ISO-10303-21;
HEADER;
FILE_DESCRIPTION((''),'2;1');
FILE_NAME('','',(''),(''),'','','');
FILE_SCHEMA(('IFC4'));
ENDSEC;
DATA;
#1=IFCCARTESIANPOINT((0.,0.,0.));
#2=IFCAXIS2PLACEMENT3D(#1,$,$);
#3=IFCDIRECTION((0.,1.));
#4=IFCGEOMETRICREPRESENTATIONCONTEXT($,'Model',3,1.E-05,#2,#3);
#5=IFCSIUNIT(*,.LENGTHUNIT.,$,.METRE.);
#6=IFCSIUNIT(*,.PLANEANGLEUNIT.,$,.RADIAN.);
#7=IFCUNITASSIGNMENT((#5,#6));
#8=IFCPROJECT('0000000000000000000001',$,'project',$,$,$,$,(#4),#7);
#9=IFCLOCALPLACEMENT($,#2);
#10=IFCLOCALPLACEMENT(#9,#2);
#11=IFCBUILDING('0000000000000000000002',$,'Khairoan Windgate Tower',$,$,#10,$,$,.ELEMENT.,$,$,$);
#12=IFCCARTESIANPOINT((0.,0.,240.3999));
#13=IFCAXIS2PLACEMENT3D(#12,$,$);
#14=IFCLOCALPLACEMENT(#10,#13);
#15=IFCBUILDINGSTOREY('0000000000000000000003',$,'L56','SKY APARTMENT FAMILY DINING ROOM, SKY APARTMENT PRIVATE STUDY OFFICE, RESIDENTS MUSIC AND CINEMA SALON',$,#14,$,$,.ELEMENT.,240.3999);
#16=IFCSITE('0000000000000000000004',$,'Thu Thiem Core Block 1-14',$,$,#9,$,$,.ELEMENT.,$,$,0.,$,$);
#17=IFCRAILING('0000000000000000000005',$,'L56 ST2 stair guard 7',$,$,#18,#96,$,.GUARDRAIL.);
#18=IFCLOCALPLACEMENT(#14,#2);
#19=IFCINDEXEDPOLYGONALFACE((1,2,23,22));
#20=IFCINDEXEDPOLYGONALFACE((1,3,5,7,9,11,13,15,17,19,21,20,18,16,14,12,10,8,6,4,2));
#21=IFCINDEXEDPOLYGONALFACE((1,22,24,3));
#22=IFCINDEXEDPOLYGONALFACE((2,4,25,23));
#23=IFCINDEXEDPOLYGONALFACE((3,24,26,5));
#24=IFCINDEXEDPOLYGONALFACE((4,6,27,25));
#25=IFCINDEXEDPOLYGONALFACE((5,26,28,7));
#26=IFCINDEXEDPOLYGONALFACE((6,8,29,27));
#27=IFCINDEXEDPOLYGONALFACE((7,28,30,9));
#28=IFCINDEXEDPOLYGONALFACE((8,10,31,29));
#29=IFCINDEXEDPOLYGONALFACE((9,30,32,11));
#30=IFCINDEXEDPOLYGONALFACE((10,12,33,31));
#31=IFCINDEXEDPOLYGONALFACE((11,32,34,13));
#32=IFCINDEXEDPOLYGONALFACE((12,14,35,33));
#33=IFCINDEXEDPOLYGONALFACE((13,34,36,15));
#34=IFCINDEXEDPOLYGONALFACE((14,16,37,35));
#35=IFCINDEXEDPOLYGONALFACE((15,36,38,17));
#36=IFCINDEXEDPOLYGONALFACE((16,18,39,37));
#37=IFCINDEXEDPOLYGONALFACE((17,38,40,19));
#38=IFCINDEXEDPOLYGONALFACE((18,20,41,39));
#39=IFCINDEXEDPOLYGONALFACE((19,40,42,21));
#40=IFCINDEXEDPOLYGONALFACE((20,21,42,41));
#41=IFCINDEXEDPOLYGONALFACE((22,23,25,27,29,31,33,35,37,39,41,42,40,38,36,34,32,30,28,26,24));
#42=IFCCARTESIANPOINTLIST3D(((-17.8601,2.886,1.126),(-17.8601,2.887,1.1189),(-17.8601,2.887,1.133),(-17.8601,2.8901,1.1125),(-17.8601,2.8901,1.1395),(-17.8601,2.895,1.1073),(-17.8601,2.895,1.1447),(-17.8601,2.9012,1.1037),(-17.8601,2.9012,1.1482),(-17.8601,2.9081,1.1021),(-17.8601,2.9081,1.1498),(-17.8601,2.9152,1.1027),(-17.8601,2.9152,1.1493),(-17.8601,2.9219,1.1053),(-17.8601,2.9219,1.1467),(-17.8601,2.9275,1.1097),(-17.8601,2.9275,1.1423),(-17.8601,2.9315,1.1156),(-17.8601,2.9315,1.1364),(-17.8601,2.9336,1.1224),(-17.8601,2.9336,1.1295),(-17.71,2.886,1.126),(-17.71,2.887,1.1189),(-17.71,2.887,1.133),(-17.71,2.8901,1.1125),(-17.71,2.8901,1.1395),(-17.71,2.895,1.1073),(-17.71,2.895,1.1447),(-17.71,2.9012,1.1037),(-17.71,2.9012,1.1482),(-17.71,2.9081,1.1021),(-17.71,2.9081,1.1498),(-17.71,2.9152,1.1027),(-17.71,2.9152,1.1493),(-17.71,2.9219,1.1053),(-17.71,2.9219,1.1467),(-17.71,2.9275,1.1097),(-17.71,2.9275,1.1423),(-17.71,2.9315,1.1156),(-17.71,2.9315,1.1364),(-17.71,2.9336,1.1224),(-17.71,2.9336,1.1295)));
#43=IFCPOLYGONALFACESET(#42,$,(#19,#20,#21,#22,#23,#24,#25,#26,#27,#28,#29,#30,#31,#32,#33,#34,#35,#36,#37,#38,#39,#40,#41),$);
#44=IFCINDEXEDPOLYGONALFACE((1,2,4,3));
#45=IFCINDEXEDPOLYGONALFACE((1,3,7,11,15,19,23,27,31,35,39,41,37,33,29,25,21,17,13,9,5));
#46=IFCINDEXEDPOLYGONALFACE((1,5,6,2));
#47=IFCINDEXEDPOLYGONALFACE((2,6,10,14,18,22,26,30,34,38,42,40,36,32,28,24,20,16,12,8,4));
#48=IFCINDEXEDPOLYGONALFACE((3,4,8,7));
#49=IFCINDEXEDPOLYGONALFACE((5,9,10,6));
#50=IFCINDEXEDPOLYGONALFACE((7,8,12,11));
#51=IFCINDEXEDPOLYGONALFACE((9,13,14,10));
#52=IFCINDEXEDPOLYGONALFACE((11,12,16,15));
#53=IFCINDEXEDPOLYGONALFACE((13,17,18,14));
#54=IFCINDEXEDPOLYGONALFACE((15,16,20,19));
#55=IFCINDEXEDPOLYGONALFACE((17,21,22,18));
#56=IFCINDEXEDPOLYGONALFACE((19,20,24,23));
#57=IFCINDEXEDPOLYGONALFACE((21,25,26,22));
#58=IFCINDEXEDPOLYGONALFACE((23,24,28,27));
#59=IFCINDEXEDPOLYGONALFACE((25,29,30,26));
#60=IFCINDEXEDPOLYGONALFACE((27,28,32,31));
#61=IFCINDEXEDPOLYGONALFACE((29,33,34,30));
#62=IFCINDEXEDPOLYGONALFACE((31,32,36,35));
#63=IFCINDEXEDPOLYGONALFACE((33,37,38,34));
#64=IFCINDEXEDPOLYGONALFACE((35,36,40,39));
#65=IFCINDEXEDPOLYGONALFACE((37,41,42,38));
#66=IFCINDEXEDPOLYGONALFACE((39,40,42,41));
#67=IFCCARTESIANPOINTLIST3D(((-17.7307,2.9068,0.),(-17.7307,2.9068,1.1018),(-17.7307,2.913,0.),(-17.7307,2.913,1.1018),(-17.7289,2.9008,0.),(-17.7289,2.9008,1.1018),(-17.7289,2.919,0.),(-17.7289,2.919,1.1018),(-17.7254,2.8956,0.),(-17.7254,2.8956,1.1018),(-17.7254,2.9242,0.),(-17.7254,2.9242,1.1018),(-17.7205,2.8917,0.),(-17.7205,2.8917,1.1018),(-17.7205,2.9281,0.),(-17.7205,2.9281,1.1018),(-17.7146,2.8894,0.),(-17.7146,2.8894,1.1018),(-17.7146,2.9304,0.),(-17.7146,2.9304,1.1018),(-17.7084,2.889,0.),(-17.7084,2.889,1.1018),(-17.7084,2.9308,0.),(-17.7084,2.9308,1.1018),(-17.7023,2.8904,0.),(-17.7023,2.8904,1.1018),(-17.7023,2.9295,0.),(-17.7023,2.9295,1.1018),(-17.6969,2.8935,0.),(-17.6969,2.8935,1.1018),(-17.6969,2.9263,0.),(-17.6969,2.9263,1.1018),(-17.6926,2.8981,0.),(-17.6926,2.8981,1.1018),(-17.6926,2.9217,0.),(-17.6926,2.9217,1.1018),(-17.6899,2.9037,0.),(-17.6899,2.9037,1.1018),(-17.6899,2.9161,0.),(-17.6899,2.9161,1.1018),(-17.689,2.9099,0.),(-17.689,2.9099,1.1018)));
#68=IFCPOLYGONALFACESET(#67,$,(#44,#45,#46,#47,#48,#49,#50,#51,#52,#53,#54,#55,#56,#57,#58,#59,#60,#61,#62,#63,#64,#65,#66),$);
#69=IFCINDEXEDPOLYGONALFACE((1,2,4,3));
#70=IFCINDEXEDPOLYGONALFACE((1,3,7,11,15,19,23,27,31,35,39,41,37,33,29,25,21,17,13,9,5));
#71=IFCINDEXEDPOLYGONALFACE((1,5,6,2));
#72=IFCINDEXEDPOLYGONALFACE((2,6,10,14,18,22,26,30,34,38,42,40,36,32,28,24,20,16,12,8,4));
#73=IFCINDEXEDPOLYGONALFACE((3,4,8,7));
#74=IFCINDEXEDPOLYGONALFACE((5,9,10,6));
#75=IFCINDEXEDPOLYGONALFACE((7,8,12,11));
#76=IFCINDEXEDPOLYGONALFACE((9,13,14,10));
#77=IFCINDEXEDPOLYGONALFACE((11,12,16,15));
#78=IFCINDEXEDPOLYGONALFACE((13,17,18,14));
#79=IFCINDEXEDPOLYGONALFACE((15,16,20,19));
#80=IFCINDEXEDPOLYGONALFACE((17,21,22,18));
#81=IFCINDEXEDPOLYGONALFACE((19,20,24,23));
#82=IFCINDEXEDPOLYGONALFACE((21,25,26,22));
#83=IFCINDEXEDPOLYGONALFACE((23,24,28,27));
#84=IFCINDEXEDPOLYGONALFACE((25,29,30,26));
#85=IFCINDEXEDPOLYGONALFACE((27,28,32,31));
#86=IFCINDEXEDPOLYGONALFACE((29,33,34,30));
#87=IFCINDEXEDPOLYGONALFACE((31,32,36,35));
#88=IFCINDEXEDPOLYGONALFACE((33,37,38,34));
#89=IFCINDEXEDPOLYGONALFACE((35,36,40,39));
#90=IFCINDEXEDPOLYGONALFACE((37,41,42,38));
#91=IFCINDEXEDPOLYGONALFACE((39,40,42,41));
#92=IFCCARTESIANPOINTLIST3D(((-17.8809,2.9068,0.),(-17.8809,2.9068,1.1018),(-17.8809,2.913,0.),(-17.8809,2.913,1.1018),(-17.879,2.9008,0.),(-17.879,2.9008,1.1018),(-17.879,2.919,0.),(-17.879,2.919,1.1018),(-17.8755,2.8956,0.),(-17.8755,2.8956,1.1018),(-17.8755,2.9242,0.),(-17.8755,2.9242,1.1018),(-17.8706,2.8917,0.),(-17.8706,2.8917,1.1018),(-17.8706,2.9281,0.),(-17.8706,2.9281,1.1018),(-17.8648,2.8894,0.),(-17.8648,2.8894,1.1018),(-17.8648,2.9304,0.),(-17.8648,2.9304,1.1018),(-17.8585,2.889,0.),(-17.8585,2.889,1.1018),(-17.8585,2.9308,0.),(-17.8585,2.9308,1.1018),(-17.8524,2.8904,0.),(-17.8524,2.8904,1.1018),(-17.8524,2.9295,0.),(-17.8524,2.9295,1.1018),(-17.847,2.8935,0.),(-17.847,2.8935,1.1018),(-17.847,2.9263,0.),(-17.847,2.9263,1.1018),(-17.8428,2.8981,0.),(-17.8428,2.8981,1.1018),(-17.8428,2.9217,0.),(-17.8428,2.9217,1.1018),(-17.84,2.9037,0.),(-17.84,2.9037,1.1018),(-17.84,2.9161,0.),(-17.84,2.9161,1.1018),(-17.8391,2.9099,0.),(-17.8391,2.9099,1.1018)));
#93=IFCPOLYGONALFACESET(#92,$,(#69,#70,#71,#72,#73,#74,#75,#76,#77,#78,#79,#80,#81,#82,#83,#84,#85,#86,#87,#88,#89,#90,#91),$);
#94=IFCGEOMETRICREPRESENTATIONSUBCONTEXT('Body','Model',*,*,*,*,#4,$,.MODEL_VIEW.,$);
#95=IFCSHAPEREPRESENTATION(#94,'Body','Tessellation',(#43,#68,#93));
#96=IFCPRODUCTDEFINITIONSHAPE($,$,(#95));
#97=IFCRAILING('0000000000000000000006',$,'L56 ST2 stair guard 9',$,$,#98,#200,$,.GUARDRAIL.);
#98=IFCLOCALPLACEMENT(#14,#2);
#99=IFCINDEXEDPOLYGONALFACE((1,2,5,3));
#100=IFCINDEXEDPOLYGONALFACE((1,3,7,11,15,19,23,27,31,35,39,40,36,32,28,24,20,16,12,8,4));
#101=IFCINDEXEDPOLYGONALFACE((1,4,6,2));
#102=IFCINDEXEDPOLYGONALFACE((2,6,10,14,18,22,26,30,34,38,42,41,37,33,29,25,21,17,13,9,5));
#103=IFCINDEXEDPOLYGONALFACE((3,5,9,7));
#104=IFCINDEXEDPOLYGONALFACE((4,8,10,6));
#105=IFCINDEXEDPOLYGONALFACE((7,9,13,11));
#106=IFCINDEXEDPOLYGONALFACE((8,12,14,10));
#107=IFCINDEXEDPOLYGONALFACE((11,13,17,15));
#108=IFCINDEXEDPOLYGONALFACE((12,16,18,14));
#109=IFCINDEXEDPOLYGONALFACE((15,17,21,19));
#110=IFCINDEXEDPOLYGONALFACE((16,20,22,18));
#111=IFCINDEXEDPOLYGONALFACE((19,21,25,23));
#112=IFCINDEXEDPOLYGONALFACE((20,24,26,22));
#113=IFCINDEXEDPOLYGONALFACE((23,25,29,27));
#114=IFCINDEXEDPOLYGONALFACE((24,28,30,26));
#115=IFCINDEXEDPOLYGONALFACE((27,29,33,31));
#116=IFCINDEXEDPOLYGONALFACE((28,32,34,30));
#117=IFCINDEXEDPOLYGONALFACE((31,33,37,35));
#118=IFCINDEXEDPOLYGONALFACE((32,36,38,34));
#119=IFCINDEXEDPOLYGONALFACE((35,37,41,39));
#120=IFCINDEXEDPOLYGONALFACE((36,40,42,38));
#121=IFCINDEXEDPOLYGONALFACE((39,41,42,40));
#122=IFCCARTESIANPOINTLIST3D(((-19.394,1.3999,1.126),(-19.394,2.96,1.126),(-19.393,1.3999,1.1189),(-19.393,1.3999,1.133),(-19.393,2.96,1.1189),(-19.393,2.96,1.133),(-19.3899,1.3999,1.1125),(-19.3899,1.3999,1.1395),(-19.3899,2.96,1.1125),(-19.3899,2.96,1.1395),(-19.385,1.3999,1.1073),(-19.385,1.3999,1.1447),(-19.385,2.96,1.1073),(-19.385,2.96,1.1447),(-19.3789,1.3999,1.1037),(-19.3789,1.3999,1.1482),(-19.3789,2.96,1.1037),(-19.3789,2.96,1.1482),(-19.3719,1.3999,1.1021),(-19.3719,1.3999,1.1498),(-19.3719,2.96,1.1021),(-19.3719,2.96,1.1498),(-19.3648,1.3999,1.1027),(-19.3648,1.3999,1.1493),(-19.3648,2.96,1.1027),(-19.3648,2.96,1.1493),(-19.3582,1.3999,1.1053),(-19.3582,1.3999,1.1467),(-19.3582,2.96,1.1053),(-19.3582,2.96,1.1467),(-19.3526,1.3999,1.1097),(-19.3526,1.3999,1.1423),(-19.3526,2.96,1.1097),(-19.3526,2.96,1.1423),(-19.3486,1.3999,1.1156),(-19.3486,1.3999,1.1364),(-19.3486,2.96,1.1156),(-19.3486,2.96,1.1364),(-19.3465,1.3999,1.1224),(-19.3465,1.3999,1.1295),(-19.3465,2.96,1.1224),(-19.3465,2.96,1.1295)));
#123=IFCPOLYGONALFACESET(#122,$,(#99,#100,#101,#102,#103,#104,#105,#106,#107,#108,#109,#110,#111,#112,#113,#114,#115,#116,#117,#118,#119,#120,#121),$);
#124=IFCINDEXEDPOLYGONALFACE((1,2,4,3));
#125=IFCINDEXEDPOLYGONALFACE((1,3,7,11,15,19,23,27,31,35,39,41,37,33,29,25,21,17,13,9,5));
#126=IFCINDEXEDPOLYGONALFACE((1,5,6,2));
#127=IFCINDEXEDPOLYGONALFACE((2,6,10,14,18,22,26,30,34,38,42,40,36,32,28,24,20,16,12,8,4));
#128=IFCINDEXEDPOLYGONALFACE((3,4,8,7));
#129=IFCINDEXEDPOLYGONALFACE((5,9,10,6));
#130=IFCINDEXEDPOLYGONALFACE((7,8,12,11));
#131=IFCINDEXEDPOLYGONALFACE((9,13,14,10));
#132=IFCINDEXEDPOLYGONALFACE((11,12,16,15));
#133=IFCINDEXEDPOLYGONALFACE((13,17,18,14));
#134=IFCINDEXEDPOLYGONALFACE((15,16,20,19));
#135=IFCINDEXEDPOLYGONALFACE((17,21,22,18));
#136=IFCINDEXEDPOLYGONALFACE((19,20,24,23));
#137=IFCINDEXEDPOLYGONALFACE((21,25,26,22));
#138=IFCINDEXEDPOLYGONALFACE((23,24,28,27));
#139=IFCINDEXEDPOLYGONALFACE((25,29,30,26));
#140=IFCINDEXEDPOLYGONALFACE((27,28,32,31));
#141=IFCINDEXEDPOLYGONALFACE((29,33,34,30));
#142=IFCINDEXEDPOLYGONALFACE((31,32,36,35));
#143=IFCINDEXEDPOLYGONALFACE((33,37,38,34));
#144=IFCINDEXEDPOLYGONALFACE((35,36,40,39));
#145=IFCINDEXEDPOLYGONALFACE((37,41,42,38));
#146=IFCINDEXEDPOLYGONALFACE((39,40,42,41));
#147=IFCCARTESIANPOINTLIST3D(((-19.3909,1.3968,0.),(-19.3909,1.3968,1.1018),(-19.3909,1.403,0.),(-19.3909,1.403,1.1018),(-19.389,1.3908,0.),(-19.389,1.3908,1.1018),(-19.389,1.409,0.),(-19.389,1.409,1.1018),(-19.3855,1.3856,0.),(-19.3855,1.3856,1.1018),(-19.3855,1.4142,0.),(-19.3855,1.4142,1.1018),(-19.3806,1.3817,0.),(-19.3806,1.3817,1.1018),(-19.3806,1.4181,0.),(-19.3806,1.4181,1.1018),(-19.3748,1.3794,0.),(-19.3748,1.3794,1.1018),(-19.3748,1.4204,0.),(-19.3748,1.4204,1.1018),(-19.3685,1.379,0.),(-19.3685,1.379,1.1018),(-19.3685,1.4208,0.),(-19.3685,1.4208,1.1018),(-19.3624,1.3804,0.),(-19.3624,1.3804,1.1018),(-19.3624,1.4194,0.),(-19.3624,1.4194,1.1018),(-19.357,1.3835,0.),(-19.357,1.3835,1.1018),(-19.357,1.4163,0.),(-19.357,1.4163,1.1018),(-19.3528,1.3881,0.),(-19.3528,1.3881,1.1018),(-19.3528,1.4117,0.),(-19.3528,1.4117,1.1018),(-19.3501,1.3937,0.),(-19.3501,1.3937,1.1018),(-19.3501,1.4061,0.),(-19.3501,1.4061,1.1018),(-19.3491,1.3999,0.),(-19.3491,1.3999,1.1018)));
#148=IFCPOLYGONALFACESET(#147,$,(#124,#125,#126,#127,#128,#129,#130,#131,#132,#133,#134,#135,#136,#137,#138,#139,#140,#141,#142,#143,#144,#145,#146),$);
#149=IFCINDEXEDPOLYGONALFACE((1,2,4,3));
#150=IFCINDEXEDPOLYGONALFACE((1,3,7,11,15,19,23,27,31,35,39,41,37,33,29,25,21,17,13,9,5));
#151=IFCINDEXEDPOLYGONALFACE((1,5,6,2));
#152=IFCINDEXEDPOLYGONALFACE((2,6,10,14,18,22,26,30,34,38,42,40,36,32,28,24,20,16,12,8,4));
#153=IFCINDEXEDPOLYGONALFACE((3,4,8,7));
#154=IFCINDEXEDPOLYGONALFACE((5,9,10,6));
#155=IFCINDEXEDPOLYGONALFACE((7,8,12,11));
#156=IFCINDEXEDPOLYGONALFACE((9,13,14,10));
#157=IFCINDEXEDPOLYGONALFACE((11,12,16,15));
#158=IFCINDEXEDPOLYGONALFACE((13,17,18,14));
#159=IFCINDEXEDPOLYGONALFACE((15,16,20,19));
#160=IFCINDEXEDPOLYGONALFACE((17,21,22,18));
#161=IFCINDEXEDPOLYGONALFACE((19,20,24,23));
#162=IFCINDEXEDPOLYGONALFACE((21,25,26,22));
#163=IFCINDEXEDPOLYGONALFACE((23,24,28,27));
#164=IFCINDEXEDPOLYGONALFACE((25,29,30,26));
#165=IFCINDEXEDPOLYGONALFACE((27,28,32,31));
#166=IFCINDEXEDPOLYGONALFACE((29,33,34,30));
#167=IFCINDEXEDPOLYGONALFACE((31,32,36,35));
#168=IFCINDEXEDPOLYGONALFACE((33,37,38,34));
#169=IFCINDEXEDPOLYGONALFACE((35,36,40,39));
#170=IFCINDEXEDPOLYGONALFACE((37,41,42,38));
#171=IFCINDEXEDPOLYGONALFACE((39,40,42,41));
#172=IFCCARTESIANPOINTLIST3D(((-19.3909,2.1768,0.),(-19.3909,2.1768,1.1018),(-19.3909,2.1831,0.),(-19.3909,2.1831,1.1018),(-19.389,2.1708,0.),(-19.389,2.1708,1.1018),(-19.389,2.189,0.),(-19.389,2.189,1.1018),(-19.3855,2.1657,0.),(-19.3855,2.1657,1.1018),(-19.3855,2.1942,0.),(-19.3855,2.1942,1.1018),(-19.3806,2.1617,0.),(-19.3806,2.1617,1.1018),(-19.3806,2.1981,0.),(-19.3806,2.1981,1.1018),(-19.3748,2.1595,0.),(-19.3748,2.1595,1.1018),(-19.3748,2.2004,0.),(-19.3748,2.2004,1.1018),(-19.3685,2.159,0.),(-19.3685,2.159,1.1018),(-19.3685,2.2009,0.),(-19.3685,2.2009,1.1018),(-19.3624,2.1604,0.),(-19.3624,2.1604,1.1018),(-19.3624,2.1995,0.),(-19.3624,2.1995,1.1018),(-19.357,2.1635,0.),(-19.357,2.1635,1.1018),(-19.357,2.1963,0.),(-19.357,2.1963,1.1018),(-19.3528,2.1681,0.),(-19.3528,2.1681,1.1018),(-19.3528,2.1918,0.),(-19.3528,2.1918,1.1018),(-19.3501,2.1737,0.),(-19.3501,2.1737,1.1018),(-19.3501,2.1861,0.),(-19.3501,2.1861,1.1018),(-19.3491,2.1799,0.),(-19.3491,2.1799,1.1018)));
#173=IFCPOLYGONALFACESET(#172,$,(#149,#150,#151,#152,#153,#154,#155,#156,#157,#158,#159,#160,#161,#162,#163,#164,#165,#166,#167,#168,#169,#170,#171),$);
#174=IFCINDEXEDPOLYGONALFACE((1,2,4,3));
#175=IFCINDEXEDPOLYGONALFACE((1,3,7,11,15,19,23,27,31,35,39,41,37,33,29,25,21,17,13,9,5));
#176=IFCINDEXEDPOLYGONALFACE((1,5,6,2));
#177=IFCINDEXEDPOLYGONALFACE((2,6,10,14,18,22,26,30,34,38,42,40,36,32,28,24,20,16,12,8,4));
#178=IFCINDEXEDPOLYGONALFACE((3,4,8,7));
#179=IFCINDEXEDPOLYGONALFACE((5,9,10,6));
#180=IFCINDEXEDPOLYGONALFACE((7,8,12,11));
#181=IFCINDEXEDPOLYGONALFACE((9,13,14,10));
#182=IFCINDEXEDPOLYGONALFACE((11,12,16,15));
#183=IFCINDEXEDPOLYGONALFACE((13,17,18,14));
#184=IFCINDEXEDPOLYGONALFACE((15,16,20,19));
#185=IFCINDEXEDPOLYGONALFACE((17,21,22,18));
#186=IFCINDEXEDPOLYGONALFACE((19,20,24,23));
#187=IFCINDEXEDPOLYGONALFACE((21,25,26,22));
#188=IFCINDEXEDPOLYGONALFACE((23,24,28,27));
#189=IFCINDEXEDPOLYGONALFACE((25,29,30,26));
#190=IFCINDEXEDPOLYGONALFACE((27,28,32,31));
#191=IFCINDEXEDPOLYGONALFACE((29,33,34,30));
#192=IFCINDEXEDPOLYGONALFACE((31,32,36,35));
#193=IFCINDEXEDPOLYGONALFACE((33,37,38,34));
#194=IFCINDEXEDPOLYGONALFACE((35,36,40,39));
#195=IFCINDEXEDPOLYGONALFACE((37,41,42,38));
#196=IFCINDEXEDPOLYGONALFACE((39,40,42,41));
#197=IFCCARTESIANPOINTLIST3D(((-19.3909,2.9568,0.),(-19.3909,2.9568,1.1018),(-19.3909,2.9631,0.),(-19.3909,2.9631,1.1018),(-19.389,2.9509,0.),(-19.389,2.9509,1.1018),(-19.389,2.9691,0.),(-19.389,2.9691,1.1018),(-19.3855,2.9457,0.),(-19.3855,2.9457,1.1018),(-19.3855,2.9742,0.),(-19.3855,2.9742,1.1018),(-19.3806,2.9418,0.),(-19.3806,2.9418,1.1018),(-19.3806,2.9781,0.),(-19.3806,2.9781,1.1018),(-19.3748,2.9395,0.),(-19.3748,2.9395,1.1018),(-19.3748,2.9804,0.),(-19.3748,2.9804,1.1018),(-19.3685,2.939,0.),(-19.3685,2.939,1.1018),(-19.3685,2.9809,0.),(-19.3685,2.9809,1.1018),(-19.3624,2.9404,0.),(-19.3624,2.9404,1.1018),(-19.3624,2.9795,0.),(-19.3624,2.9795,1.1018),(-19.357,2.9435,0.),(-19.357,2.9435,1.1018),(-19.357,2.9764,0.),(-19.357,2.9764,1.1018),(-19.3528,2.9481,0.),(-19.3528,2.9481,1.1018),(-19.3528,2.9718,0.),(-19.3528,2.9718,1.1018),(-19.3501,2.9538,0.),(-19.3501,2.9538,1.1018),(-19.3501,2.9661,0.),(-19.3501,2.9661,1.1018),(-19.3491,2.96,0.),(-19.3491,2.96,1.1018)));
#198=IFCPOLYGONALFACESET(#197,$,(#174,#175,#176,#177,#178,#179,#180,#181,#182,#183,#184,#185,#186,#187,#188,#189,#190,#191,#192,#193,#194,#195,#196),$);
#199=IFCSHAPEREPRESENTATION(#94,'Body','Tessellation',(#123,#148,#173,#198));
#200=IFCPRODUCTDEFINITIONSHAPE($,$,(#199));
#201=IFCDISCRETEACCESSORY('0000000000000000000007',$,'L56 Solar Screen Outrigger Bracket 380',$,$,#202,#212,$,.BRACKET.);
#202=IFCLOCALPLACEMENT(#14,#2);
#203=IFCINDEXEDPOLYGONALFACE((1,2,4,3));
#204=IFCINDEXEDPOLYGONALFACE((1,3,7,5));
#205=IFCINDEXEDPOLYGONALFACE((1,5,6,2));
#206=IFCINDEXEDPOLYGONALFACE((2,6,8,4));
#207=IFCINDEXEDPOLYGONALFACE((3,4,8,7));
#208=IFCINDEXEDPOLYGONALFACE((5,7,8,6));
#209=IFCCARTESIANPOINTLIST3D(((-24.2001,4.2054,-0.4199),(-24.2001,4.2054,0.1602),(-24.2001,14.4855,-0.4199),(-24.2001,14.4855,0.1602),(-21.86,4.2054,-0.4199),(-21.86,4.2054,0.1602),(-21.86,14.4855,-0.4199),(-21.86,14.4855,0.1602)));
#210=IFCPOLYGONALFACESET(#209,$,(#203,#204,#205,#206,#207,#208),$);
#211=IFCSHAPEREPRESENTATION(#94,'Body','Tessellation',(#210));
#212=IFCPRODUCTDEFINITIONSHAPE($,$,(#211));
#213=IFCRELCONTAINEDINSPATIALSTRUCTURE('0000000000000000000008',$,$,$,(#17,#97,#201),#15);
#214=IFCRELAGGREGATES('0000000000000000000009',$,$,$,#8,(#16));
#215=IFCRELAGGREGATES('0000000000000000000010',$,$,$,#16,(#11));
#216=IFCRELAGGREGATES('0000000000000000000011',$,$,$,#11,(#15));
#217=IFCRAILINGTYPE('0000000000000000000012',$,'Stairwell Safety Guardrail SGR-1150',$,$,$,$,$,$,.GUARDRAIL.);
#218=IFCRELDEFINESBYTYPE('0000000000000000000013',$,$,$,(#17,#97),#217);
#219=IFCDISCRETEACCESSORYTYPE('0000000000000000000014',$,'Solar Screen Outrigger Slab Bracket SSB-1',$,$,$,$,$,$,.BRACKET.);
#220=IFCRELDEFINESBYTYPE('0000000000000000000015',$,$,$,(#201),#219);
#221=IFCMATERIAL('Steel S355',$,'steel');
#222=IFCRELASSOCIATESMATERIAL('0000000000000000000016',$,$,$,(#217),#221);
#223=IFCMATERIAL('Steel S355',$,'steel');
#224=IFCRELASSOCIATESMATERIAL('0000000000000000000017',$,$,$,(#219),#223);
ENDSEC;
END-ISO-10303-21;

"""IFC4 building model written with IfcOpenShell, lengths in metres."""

from ifc_helpers import new_model, si_unit, direction, frame, origin, origin_2d, place, context, subcontext, project, spatial, rectangle, circle, extrude, material, type_object, element, save


model = new_model("IFC4")

# Units and contexts
model_context = context("Model", 3, precision=1e-05, world=origin(), true_north=direction((0.0, 1.0)))
body_context = subcontext(model_context, "Body", "Model", "MODEL_VIEW")
ifc_project = project(units=[si_unit("LENGTHUNIT", "METRE"), si_unit("PLANEANGLEUNIT", "RADIAN")], contexts=[model_context])

# Site, building, storey
site_placement = place(None, origin())
site = spatial("IfcSite", under=ifc_project, at=site_placement, Name="Thu Thiem Core Block 1-14", CompositionType="ELEMENT", RefElevation=0.0)
building_placement = place(site_placement, origin())
building = spatial("IfcBuilding", under=site, at=building_placement, Name="Khairoan Windgate Tower", CompositionType="ELEMENT")
storey_placement = place(building_placement, frame((0.0, 0.0, 240.3999)))
storey = spatial("IfcBuildingStorey", under=building, at=storey_placement, Name="L56", Description="SKY APARTMENT FAMILY DINING ROOM, SKY APARTMENT PRIVATE STUDY OFFICE, RESIDENTS MUSIC AND CINEMA SALON", CompositionType="ELEMENT", Elevation=240.3999)

# Railings
ifc_material_1 = material(Name="Steel S355", Category="steel")
railing_type_1 = type_object("IfcRailingType", Name="Stairwell Safety Guardrail SGR-1150", PredefinedType="GUARDRAIL", material=ifc_material_1)
railing_1_placement = place(storey_placement, frame((-17.71, 2.9099, 0.0)))
element("IfcRailing", 1, at=railing_1_placement, inside=storey, type_object=railing_type_1, Name="L56 ST2 stair guard 7", PredefinedType="GUARDRAIL", context=body_context, shape_type="SweptSolid", body=[
    extrude(circle(Radius=0.0239, at=origin_2d()), frame((0.0, 0.0, 1.126), z_axis=(-1.0, 0.0, 0.0), x_axis=(0.0, -1.0, 0.0)), (0.0, 0.0, 1.0), 0.1501),
    extrude(circle(Radius=0.021, at=origin_2d()), origin(), (0.0, 0.0, 1.0), 1.1018),
    extrude(circle(Radius=0.021, at=origin_2d()), frame((-0.1501, 0.0, 0.0)), (0.0, 0.0, 1.0), 1.1018),
])
railing_2_placement = place(storey_placement, frame((-19.3701, 1.3999, 0.0)))
element("IfcRailing", 2, at=railing_2_placement, inside=storey, type_object=railing_type_1, Name="L56 ST2 stair guard 9", PredefinedType="GUARDRAIL", context=body_context, shape_type="SweptSolid", body=[
    extrude(circle(Radius=0.0239, at=origin_2d()), frame((0.0, 0.0, 1.126), z_axis=(0.0, 1.0, 0.0), x_axis=(-1.0, 0.0, 0.0)), (0.0, 0.0, 1.0), 1.5601),
    extrude(circle(Radius=0.021, at=origin_2d()), origin(), (0.0, 0.0, 1.0), 1.1018),
    extrude(circle(Radius=0.021, at=origin_2d()), frame((0.0, 0.78, 0.0)), (0.0, 0.0, 1.0), 1.1018),
    extrude(circle(Radius=0.021, at=origin_2d()), frame((0.0, 1.5601, 0.0)), (0.0, 0.0, 1.0), 1.1018),
])

# Discrete accessory
ifc_material_2 = material(Name="Steel S355", Category="steel")
discrete_accessory_type = type_object("IfcDiscreteAccessoryType", Name="Solar Screen Outrigger Slab Bracket SSB-1", PredefinedType="BRACKET", material=ifc_material_2)
discrete_accessory_placement = place(storey_placement, frame((-23.03, 9.3455, -0.4199), z_axis=(0.0, 0.0, 1.0), x_axis=(0.0, 1.0, 0.0)))
element("IfcDiscreteAccessory", 3, at=discrete_accessory_placement, inside=storey, type_object=discrete_accessory_type, Name="L56 Solar Screen Outrigger Bracket 380", PredefinedType="BRACKET", context=body_context, shape_type="SweptSolid", body=[
    extrude(rectangle(XDim=10.28, YDim=2.3401, at=origin_2d()), origin(), (0.0, 0.0, 1.0), 0.5801),
])

save(model, "model.ifc")
